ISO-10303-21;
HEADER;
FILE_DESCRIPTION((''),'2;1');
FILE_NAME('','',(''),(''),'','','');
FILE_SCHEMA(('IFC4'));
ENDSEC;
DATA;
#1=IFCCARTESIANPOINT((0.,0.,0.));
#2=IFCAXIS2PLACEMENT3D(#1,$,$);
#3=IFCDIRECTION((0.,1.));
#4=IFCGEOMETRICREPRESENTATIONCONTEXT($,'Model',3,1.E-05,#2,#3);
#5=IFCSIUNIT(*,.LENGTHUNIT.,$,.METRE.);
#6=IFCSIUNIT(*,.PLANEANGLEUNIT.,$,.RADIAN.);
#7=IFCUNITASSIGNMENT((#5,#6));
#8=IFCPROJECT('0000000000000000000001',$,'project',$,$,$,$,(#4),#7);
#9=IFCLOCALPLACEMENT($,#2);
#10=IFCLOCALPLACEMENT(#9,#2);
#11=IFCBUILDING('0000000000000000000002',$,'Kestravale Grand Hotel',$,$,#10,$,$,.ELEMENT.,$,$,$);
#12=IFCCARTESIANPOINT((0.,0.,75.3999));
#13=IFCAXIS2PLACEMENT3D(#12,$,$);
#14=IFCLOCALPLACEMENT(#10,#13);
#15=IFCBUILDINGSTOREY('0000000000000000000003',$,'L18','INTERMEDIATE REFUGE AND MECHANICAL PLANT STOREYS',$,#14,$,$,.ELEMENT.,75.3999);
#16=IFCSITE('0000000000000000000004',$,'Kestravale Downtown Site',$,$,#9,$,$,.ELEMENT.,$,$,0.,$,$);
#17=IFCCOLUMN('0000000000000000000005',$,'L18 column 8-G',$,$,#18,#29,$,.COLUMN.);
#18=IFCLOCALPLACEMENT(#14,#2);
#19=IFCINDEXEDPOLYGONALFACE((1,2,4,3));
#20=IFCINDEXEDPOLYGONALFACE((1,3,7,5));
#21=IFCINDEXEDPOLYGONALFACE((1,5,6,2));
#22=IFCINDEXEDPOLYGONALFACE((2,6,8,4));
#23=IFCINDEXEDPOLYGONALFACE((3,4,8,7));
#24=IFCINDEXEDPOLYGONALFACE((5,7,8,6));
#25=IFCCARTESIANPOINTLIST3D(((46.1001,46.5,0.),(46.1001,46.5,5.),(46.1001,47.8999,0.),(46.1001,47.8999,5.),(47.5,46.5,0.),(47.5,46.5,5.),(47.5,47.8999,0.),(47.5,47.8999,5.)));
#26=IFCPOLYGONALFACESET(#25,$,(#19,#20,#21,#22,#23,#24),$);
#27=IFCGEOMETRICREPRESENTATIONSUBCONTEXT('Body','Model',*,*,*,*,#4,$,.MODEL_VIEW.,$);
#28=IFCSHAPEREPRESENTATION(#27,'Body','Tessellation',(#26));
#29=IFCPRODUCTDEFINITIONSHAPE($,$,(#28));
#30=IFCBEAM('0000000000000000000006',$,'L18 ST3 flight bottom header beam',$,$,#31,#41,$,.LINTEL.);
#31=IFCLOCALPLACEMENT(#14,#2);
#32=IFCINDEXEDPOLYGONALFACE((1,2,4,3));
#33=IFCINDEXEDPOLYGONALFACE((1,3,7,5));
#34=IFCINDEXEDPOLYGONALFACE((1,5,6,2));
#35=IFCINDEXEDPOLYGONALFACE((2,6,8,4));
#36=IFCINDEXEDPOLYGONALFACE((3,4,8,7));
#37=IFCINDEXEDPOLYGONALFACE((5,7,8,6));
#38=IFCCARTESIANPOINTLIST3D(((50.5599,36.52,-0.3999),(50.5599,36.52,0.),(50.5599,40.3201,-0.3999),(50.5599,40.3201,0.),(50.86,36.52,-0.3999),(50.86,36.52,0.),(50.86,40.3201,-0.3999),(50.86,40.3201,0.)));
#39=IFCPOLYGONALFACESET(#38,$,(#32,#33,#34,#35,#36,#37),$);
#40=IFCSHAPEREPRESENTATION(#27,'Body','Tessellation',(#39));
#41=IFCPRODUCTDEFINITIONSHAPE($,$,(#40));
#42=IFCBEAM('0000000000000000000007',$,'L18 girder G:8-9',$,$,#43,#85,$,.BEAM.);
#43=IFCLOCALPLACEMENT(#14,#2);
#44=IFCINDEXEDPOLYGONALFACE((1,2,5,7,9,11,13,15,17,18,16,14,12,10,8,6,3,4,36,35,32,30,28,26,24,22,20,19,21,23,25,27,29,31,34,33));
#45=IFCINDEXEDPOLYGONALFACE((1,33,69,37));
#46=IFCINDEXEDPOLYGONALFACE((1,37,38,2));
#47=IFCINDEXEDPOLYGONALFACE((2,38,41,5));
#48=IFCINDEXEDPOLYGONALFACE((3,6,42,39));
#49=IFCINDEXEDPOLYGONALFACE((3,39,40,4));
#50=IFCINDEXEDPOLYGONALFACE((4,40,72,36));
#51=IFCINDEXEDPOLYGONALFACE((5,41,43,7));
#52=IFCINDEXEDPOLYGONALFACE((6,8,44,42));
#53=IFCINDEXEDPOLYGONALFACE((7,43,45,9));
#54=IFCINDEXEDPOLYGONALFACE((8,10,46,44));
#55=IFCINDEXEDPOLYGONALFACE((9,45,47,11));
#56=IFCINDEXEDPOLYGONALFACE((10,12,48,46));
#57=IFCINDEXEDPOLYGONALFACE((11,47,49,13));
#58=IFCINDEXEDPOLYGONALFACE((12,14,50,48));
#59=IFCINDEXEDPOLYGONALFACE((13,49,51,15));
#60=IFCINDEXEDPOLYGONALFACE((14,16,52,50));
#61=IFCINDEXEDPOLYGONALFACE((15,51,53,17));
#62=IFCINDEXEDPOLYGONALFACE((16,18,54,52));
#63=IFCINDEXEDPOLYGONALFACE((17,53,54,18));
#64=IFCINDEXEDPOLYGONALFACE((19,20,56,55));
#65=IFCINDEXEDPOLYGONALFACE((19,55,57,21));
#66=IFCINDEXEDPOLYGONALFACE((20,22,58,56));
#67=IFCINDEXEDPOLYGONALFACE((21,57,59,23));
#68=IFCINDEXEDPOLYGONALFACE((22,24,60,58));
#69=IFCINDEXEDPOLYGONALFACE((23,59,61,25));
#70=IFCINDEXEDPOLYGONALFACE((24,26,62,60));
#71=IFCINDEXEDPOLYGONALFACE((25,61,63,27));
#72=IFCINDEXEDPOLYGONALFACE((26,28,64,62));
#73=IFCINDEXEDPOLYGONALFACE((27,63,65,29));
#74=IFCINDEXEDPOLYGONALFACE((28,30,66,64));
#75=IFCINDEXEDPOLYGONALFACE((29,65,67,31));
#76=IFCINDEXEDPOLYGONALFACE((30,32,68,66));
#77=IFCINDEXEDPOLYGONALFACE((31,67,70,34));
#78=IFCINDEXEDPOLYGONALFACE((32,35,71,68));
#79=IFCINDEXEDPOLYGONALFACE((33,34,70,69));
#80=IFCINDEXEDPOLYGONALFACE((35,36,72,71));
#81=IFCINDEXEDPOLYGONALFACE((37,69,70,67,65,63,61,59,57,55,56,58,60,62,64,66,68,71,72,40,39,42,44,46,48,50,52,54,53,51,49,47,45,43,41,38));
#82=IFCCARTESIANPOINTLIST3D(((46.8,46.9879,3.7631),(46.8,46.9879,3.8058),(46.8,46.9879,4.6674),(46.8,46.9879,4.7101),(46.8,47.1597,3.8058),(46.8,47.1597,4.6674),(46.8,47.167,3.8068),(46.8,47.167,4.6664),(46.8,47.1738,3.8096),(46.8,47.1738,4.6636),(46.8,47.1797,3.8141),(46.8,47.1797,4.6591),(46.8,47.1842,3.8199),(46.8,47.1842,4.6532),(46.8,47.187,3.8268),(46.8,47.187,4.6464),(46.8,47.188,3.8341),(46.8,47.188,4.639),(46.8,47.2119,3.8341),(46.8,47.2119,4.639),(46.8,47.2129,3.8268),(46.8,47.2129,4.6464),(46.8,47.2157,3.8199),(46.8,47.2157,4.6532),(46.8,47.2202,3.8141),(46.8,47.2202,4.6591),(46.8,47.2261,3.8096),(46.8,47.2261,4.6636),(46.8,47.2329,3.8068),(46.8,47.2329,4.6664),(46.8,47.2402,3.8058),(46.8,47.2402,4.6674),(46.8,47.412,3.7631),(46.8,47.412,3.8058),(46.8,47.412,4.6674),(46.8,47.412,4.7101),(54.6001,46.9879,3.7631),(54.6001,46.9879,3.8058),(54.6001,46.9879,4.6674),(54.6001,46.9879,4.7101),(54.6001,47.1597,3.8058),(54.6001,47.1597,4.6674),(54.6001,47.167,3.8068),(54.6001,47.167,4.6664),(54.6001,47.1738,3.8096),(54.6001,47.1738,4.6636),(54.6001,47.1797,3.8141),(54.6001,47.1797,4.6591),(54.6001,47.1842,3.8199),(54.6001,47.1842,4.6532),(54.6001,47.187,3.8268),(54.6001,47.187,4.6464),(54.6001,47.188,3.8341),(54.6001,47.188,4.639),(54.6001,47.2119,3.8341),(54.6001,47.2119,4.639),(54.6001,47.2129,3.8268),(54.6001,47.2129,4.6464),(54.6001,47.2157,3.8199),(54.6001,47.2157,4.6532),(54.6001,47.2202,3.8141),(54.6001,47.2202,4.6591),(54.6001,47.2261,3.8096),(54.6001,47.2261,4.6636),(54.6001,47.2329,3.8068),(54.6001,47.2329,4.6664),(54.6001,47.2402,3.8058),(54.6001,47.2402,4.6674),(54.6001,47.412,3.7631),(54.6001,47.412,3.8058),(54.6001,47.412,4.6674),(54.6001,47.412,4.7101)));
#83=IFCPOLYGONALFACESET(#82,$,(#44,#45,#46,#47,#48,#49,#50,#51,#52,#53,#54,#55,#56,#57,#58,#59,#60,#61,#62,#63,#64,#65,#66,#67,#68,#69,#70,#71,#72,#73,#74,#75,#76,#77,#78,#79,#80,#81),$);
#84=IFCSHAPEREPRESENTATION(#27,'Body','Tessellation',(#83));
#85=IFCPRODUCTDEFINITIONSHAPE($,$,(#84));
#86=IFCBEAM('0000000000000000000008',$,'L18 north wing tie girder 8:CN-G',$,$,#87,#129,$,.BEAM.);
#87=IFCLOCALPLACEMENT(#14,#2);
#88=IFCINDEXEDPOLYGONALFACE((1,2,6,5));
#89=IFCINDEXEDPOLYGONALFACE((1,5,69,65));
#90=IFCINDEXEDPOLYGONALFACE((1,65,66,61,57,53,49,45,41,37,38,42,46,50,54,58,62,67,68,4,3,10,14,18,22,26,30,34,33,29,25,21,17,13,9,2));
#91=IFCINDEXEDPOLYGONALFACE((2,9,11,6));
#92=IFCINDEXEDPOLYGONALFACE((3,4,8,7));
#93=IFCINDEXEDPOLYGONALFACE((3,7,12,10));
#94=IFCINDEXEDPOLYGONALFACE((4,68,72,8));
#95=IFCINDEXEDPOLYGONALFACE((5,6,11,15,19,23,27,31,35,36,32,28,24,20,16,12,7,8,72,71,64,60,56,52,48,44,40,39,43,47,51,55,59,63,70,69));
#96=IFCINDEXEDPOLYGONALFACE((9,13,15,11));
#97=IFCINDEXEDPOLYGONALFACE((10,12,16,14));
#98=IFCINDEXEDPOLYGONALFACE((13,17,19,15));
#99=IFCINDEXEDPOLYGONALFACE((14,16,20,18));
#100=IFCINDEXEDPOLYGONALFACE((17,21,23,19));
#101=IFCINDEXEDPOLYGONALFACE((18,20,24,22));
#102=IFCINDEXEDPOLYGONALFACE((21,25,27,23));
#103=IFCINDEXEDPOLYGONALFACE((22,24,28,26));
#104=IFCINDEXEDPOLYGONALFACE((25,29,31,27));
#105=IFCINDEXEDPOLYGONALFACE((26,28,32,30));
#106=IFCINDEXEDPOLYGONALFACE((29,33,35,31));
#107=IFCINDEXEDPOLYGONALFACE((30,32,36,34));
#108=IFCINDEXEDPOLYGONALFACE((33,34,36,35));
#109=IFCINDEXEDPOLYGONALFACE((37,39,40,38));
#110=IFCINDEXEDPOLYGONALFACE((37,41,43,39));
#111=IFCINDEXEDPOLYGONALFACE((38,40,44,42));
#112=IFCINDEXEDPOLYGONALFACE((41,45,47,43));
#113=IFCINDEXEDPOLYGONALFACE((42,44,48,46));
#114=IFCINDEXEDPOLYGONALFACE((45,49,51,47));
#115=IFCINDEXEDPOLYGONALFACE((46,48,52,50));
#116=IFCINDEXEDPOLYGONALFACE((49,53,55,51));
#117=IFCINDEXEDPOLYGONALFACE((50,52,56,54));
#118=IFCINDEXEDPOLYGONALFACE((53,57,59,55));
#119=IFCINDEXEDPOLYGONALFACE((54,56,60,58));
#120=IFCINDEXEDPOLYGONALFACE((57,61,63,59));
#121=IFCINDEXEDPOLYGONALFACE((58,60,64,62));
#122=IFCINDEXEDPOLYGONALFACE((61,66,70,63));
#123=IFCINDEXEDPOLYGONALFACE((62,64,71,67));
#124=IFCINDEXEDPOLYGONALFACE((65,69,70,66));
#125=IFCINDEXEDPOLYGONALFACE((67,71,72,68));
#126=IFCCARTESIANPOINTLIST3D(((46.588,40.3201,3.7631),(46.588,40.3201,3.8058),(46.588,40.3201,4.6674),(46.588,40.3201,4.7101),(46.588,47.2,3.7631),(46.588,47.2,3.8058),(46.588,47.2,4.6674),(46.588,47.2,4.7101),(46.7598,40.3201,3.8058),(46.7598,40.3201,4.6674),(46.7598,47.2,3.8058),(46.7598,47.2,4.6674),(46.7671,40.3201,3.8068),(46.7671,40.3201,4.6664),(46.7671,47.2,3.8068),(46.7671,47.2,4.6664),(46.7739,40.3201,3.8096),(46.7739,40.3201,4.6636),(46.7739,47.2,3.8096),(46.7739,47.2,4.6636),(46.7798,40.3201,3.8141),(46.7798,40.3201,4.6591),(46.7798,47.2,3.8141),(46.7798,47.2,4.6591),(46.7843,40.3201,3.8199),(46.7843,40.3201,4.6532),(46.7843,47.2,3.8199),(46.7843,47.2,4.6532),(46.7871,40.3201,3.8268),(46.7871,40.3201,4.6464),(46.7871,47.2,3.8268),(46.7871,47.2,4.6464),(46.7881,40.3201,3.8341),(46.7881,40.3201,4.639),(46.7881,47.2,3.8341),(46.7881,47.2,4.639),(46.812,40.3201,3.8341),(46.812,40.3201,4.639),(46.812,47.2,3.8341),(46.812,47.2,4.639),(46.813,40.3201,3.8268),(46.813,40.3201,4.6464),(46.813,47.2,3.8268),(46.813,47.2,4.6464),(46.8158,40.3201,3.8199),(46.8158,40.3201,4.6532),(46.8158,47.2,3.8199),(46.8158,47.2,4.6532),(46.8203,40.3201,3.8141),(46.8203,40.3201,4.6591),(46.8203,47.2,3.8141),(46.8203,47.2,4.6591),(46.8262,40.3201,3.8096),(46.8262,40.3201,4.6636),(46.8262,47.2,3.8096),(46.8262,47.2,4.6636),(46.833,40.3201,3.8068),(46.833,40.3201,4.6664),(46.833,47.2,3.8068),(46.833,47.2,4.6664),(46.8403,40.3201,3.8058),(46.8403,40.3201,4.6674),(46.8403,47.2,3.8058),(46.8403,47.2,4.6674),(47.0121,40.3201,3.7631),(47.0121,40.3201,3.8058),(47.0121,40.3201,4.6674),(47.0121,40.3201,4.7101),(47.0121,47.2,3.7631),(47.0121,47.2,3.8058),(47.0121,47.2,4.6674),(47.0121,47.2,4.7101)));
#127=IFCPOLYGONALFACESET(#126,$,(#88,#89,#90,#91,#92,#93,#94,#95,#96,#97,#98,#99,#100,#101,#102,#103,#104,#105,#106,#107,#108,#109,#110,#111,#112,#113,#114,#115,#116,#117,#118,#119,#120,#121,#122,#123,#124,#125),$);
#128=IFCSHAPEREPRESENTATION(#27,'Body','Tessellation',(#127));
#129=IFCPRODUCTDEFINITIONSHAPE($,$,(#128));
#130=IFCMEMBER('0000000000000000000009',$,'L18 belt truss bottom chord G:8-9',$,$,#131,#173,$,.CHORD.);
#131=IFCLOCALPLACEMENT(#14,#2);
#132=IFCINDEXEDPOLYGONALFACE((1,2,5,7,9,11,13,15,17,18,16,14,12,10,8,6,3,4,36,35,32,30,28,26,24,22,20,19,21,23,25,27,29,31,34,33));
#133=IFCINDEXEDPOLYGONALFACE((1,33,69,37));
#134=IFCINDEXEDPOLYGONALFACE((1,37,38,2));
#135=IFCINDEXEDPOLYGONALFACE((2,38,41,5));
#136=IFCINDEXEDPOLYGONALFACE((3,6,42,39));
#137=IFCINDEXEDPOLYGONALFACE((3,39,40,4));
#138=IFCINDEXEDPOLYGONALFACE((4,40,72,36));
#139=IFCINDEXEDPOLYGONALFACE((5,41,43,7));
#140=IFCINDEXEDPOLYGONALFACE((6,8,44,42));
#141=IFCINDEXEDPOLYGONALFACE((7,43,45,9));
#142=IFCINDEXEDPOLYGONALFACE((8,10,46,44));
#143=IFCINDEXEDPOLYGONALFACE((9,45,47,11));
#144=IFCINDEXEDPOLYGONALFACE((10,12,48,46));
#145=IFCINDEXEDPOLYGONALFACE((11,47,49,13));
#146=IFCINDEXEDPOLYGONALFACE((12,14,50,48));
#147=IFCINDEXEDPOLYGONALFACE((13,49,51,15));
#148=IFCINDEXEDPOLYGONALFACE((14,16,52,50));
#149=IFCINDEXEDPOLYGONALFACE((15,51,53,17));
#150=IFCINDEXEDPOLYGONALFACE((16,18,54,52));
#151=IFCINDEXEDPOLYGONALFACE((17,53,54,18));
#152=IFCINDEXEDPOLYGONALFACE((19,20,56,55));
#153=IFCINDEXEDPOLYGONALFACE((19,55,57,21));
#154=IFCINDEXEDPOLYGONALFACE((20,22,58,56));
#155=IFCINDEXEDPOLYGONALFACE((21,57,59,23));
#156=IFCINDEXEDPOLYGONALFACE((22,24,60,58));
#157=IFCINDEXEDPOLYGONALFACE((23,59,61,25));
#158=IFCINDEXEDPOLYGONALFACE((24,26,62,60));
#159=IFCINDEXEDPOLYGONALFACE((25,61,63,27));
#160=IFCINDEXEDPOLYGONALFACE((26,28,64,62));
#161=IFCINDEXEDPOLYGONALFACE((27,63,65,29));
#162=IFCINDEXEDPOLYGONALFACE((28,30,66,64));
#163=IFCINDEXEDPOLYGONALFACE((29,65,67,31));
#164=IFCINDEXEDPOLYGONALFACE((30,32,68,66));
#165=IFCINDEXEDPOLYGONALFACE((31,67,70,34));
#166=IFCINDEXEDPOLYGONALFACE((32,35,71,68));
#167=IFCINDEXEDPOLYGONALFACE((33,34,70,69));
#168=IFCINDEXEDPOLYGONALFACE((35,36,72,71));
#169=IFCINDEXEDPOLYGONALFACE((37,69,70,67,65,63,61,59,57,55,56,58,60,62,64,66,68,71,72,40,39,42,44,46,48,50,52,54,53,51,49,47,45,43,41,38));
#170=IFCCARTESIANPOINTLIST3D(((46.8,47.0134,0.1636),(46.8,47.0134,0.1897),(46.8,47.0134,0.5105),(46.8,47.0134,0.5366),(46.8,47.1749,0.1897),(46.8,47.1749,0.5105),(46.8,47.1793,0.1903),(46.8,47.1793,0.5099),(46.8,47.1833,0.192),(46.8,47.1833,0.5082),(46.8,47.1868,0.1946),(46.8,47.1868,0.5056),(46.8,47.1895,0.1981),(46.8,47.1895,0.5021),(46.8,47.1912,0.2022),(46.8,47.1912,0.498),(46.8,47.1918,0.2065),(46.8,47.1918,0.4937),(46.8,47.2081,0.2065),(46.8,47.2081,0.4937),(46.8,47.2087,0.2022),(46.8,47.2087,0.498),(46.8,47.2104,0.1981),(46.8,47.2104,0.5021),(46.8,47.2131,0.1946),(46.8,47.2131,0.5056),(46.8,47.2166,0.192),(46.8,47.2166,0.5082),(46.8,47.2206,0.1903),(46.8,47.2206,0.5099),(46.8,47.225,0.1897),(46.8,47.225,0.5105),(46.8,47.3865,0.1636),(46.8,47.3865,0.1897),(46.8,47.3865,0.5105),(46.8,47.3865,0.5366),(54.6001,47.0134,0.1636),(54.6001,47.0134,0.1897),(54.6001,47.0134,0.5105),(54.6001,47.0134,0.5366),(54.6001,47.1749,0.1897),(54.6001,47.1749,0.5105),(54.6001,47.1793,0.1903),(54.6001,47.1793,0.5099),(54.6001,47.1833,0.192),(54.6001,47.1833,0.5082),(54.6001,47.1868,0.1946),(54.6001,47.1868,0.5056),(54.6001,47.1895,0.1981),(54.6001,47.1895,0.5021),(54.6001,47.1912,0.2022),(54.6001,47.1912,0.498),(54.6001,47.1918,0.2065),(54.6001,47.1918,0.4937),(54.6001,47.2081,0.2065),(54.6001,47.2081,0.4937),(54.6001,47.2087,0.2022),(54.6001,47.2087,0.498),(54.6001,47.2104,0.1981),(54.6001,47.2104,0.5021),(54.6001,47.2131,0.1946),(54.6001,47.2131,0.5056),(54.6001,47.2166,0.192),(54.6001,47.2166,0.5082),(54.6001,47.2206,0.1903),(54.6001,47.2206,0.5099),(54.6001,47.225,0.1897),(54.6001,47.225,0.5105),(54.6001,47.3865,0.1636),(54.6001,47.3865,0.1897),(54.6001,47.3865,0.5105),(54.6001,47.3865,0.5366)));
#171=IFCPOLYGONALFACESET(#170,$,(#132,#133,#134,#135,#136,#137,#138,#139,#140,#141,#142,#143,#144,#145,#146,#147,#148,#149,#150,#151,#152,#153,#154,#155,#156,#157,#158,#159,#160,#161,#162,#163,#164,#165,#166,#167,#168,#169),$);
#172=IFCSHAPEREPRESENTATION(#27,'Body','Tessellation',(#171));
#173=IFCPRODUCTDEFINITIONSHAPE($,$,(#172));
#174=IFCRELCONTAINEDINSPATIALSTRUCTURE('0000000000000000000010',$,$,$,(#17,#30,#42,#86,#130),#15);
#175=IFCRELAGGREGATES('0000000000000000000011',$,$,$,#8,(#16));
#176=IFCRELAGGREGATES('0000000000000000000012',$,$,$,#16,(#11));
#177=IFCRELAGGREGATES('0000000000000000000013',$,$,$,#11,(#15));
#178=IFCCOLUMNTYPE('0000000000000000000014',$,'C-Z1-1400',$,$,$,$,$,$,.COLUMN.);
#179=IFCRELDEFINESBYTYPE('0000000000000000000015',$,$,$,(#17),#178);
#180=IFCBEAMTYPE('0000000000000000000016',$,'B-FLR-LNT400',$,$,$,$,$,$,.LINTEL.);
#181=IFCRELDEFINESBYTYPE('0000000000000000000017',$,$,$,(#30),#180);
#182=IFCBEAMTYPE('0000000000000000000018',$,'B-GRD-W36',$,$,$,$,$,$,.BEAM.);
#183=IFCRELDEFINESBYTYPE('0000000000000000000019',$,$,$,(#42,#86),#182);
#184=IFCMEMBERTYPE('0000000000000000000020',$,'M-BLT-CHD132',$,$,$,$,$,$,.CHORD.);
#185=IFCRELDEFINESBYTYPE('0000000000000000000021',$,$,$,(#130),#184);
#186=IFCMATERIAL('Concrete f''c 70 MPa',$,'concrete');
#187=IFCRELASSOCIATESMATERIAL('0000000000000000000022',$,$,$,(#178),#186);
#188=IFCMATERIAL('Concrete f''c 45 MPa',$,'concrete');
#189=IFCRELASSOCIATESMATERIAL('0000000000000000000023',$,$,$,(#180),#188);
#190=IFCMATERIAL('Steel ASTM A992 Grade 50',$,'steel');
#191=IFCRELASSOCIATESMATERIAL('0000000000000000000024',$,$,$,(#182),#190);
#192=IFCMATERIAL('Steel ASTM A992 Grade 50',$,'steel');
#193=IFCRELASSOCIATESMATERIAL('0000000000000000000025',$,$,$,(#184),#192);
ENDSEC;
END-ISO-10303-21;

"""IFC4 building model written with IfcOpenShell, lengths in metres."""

from ifc_helpers import new_model, si_unit, direction, frame, origin, origin_2d, place, context, subcontext, project, spatial, rectangle, i_section, extrude, material, material_profile, profile_set, type_object, element, save


model = new_model("IFC4")

# Units and contexts
model_context = context("Model", 3, precision=1e-05, world=origin(), true_north=direction((0.0, 1.0)))
body_context = subcontext(model_context, "Body", "Model", "MODEL_VIEW")
ifc_project = project(units=[si_unit("LENGTHUNIT", "METRE"), si_unit("PLANEANGLEUNIT", "RADIAN")], contexts=[model_context])

# Site, building, storey
site_placement = place(None, origin())
site = spatial("IfcSite", under=ifc_project, at=site_placement, Name="Kestravale Downtown Site", CompositionType="ELEMENT", RefElevation=0.0)
building_placement = place(site_placement, origin())
building = spatial("IfcBuilding", under=site, at=building_placement, Name="Kestravale Grand Hotel", CompositionType="ELEMENT")
storey_placement = place(building_placement, frame((0.0, 0.0, 75.3999)))
storey = spatial("IfcBuildingStorey", under=building, at=storey_placement, Name="L18", Description="INTERMEDIATE REFUGE AND MECHANICAL PLANT STOREYS", CompositionType="ELEMENT", Elevation=75.3999)

# Column
ifc_material_1 = material(Name="Concrete f'c 70 MPa", Category="concrete")
ifc_material_profile_1 = material_profile(ifc_material_1, rectangle(XDim=1.3999, YDim=1.3999, at=origin_2d()))
ifc_profile_set_1 = profile_set([ifc_material_profile_1], Name="Concrete f'c 70 MPa")
column_type = type_object("IfcColumnType", Name="C-Z1-1400", PredefinedType="COLUMN", material=ifc_profile_set_1)
column_placement = place(storey_placement, frame((46.8, 47.2, 0.0), z_axis=(0.0, 0.0, 1.0), x_axis=(1.0, 0.0, 0.0)))
element("IfcColumn", 1, at=column_placement, inside=storey, type_object=column_type, Name="L18 column 8-G", PredefinedType="COLUMN", context=body_context, shape_type="SweptSolid", body=[
    extrude(rectangle(XDim=1.3999, YDim=1.3999, at=origin_2d()), origin(), (0.0, 0.0, 1.0), 5.0),
])

# Beams
ifc_material_2 = material(Name="Concrete f'c 45 MPa", Category="concrete")
ifc_material_profile_2 = material_profile(ifc_material_2, rectangle(XDim=0.3, YDim=0.3999, at=origin_2d()))
ifc_profile_set_2 = profile_set([ifc_material_profile_2], Name="Concrete f'c 45 MPa")
beam_type_1 = type_object("IfcBeamType", Name="B-FLR-LNT400", PredefinedType="LINTEL", material=ifc_profile_set_2)
beam_1_placement = place(storey_placement, frame((50.71, 36.52, -0.2), z_axis=(0.0, 1.0, 0.0), x_axis=(-1.0, 0.0, 0.0)))
element("IfcBeam", 2, at=beam_1_placement, inside=storey, type_object=beam_type_1, Name="L18 ST3 flight bottom header beam", PredefinedType="LINTEL", context=body_context, shape_type="SweptSolid", body=[
    extrude(rectangle(XDim=0.3, YDim=0.3999, at=origin_2d()), origin(), (0.0, 0.0, 1.0), 3.8),
])
ifc_material_3 = material(Name="Steel ASTM A992 Grade 50", Category="steel")
ifc_material_profile_3 = material_profile(ifc_material_3, i_section(OverallWidth=0.4241, OverallDepth=0.947, WebThickness=0.0239, FlangeThickness=0.0427, FilletRadius=0.0283, at=origin_2d()))
ifc_profile_set_3 = profile_set([ifc_material_profile_3], Name="Steel ASTM A992 Grade 50")
beam_type_2 = type_object("IfcBeamType", Name="B-GRD-W36", PredefinedType="BEAM", material=ifc_profile_set_3)
beam_2_placement = place(storey_placement, frame((46.8, 47.2, 4.2366), z_axis=(1.0, 0.0, 0.0), x_axis=(0.0, 1.0, 0.0)))
element("IfcBeam", 3, at=beam_2_placement, inside=storey, type_object=beam_type_2, Name="L18 girder G:8-9", PredefinedType="BEAM", context=body_context, shape_type="SweptSolid", body=[
    extrude(i_section(OverallWidth=0.4241, OverallDepth=0.947, WebThickness=0.0239, FlangeThickness=0.0427, FilletRadius=0.0283, at=origin_2d()), origin(), (0.0, 0.0, 1.0), 7.8),
])
beam_3_placement = place(storey_placement, frame((46.8, 40.3201, 4.2366), z_axis=(0.0, 1.0, 0.0), x_axis=(-1.0, 0.0, 0.0)))
element("IfcBeam", 4, at=beam_3_placement, inside=storey, type_object=beam_type_2, Name="L18 north wing tie girder 8:CN-G", PredefinedType="BEAM", context=body_context, shape_type="SweptSolid", body=[
    extrude(i_section(OverallWidth=0.4241, OverallDepth=0.947, WebThickness=0.0239, FlangeThickness=0.0427, FilletRadius=0.0283, at=origin_2d()), origin(), (0.0, 0.0, 1.0), 6.8799),
])

# Member
ifc_material_4 = material(Name="Steel ASTM A992 Grade 50", Category="steel")
ifc_material_profile_4 = material_profile(ifc_material_4, i_section(OverallWidth=0.373, OverallDepth=0.373, WebThickness=0.0164, FlangeThickness=0.0261, FilletRadius=0.0168, at=origin_2d()))
ifc_profile_set_4 = profile_set([ifc_material_profile_4], Name="Steel ASTM A992 Grade 50")
member_type_1 = type_object("IfcMemberType", Name="M-BLT-CHD132", PredefinedType="CHORD", material=ifc_profile_set_4)
member_1_placement = place(storey_placement, frame((46.8, 47.2, 0.3501), z_axis=(1.0, 0.0, 0.0), x_axis=(0.0, 1.0, 0.0)))
element("IfcMember", 5, at=member_1_placement, inside=storey, type_object=member_type_1, Name="L18 belt truss bottom chord G:8-9", PredefinedType="CHORD", context=body_context, shape_type="SweptSolid", body=[
    extrude(i_section(OverallWidth=0.373, OverallDepth=0.373, WebThickness=0.0164, FlangeThickness=0.0261, FilletRadius=0.0168, at=origin_2d()), origin(), (0.0, 0.0, 1.0), 7.8),
])

save(model, "model.ifc")
